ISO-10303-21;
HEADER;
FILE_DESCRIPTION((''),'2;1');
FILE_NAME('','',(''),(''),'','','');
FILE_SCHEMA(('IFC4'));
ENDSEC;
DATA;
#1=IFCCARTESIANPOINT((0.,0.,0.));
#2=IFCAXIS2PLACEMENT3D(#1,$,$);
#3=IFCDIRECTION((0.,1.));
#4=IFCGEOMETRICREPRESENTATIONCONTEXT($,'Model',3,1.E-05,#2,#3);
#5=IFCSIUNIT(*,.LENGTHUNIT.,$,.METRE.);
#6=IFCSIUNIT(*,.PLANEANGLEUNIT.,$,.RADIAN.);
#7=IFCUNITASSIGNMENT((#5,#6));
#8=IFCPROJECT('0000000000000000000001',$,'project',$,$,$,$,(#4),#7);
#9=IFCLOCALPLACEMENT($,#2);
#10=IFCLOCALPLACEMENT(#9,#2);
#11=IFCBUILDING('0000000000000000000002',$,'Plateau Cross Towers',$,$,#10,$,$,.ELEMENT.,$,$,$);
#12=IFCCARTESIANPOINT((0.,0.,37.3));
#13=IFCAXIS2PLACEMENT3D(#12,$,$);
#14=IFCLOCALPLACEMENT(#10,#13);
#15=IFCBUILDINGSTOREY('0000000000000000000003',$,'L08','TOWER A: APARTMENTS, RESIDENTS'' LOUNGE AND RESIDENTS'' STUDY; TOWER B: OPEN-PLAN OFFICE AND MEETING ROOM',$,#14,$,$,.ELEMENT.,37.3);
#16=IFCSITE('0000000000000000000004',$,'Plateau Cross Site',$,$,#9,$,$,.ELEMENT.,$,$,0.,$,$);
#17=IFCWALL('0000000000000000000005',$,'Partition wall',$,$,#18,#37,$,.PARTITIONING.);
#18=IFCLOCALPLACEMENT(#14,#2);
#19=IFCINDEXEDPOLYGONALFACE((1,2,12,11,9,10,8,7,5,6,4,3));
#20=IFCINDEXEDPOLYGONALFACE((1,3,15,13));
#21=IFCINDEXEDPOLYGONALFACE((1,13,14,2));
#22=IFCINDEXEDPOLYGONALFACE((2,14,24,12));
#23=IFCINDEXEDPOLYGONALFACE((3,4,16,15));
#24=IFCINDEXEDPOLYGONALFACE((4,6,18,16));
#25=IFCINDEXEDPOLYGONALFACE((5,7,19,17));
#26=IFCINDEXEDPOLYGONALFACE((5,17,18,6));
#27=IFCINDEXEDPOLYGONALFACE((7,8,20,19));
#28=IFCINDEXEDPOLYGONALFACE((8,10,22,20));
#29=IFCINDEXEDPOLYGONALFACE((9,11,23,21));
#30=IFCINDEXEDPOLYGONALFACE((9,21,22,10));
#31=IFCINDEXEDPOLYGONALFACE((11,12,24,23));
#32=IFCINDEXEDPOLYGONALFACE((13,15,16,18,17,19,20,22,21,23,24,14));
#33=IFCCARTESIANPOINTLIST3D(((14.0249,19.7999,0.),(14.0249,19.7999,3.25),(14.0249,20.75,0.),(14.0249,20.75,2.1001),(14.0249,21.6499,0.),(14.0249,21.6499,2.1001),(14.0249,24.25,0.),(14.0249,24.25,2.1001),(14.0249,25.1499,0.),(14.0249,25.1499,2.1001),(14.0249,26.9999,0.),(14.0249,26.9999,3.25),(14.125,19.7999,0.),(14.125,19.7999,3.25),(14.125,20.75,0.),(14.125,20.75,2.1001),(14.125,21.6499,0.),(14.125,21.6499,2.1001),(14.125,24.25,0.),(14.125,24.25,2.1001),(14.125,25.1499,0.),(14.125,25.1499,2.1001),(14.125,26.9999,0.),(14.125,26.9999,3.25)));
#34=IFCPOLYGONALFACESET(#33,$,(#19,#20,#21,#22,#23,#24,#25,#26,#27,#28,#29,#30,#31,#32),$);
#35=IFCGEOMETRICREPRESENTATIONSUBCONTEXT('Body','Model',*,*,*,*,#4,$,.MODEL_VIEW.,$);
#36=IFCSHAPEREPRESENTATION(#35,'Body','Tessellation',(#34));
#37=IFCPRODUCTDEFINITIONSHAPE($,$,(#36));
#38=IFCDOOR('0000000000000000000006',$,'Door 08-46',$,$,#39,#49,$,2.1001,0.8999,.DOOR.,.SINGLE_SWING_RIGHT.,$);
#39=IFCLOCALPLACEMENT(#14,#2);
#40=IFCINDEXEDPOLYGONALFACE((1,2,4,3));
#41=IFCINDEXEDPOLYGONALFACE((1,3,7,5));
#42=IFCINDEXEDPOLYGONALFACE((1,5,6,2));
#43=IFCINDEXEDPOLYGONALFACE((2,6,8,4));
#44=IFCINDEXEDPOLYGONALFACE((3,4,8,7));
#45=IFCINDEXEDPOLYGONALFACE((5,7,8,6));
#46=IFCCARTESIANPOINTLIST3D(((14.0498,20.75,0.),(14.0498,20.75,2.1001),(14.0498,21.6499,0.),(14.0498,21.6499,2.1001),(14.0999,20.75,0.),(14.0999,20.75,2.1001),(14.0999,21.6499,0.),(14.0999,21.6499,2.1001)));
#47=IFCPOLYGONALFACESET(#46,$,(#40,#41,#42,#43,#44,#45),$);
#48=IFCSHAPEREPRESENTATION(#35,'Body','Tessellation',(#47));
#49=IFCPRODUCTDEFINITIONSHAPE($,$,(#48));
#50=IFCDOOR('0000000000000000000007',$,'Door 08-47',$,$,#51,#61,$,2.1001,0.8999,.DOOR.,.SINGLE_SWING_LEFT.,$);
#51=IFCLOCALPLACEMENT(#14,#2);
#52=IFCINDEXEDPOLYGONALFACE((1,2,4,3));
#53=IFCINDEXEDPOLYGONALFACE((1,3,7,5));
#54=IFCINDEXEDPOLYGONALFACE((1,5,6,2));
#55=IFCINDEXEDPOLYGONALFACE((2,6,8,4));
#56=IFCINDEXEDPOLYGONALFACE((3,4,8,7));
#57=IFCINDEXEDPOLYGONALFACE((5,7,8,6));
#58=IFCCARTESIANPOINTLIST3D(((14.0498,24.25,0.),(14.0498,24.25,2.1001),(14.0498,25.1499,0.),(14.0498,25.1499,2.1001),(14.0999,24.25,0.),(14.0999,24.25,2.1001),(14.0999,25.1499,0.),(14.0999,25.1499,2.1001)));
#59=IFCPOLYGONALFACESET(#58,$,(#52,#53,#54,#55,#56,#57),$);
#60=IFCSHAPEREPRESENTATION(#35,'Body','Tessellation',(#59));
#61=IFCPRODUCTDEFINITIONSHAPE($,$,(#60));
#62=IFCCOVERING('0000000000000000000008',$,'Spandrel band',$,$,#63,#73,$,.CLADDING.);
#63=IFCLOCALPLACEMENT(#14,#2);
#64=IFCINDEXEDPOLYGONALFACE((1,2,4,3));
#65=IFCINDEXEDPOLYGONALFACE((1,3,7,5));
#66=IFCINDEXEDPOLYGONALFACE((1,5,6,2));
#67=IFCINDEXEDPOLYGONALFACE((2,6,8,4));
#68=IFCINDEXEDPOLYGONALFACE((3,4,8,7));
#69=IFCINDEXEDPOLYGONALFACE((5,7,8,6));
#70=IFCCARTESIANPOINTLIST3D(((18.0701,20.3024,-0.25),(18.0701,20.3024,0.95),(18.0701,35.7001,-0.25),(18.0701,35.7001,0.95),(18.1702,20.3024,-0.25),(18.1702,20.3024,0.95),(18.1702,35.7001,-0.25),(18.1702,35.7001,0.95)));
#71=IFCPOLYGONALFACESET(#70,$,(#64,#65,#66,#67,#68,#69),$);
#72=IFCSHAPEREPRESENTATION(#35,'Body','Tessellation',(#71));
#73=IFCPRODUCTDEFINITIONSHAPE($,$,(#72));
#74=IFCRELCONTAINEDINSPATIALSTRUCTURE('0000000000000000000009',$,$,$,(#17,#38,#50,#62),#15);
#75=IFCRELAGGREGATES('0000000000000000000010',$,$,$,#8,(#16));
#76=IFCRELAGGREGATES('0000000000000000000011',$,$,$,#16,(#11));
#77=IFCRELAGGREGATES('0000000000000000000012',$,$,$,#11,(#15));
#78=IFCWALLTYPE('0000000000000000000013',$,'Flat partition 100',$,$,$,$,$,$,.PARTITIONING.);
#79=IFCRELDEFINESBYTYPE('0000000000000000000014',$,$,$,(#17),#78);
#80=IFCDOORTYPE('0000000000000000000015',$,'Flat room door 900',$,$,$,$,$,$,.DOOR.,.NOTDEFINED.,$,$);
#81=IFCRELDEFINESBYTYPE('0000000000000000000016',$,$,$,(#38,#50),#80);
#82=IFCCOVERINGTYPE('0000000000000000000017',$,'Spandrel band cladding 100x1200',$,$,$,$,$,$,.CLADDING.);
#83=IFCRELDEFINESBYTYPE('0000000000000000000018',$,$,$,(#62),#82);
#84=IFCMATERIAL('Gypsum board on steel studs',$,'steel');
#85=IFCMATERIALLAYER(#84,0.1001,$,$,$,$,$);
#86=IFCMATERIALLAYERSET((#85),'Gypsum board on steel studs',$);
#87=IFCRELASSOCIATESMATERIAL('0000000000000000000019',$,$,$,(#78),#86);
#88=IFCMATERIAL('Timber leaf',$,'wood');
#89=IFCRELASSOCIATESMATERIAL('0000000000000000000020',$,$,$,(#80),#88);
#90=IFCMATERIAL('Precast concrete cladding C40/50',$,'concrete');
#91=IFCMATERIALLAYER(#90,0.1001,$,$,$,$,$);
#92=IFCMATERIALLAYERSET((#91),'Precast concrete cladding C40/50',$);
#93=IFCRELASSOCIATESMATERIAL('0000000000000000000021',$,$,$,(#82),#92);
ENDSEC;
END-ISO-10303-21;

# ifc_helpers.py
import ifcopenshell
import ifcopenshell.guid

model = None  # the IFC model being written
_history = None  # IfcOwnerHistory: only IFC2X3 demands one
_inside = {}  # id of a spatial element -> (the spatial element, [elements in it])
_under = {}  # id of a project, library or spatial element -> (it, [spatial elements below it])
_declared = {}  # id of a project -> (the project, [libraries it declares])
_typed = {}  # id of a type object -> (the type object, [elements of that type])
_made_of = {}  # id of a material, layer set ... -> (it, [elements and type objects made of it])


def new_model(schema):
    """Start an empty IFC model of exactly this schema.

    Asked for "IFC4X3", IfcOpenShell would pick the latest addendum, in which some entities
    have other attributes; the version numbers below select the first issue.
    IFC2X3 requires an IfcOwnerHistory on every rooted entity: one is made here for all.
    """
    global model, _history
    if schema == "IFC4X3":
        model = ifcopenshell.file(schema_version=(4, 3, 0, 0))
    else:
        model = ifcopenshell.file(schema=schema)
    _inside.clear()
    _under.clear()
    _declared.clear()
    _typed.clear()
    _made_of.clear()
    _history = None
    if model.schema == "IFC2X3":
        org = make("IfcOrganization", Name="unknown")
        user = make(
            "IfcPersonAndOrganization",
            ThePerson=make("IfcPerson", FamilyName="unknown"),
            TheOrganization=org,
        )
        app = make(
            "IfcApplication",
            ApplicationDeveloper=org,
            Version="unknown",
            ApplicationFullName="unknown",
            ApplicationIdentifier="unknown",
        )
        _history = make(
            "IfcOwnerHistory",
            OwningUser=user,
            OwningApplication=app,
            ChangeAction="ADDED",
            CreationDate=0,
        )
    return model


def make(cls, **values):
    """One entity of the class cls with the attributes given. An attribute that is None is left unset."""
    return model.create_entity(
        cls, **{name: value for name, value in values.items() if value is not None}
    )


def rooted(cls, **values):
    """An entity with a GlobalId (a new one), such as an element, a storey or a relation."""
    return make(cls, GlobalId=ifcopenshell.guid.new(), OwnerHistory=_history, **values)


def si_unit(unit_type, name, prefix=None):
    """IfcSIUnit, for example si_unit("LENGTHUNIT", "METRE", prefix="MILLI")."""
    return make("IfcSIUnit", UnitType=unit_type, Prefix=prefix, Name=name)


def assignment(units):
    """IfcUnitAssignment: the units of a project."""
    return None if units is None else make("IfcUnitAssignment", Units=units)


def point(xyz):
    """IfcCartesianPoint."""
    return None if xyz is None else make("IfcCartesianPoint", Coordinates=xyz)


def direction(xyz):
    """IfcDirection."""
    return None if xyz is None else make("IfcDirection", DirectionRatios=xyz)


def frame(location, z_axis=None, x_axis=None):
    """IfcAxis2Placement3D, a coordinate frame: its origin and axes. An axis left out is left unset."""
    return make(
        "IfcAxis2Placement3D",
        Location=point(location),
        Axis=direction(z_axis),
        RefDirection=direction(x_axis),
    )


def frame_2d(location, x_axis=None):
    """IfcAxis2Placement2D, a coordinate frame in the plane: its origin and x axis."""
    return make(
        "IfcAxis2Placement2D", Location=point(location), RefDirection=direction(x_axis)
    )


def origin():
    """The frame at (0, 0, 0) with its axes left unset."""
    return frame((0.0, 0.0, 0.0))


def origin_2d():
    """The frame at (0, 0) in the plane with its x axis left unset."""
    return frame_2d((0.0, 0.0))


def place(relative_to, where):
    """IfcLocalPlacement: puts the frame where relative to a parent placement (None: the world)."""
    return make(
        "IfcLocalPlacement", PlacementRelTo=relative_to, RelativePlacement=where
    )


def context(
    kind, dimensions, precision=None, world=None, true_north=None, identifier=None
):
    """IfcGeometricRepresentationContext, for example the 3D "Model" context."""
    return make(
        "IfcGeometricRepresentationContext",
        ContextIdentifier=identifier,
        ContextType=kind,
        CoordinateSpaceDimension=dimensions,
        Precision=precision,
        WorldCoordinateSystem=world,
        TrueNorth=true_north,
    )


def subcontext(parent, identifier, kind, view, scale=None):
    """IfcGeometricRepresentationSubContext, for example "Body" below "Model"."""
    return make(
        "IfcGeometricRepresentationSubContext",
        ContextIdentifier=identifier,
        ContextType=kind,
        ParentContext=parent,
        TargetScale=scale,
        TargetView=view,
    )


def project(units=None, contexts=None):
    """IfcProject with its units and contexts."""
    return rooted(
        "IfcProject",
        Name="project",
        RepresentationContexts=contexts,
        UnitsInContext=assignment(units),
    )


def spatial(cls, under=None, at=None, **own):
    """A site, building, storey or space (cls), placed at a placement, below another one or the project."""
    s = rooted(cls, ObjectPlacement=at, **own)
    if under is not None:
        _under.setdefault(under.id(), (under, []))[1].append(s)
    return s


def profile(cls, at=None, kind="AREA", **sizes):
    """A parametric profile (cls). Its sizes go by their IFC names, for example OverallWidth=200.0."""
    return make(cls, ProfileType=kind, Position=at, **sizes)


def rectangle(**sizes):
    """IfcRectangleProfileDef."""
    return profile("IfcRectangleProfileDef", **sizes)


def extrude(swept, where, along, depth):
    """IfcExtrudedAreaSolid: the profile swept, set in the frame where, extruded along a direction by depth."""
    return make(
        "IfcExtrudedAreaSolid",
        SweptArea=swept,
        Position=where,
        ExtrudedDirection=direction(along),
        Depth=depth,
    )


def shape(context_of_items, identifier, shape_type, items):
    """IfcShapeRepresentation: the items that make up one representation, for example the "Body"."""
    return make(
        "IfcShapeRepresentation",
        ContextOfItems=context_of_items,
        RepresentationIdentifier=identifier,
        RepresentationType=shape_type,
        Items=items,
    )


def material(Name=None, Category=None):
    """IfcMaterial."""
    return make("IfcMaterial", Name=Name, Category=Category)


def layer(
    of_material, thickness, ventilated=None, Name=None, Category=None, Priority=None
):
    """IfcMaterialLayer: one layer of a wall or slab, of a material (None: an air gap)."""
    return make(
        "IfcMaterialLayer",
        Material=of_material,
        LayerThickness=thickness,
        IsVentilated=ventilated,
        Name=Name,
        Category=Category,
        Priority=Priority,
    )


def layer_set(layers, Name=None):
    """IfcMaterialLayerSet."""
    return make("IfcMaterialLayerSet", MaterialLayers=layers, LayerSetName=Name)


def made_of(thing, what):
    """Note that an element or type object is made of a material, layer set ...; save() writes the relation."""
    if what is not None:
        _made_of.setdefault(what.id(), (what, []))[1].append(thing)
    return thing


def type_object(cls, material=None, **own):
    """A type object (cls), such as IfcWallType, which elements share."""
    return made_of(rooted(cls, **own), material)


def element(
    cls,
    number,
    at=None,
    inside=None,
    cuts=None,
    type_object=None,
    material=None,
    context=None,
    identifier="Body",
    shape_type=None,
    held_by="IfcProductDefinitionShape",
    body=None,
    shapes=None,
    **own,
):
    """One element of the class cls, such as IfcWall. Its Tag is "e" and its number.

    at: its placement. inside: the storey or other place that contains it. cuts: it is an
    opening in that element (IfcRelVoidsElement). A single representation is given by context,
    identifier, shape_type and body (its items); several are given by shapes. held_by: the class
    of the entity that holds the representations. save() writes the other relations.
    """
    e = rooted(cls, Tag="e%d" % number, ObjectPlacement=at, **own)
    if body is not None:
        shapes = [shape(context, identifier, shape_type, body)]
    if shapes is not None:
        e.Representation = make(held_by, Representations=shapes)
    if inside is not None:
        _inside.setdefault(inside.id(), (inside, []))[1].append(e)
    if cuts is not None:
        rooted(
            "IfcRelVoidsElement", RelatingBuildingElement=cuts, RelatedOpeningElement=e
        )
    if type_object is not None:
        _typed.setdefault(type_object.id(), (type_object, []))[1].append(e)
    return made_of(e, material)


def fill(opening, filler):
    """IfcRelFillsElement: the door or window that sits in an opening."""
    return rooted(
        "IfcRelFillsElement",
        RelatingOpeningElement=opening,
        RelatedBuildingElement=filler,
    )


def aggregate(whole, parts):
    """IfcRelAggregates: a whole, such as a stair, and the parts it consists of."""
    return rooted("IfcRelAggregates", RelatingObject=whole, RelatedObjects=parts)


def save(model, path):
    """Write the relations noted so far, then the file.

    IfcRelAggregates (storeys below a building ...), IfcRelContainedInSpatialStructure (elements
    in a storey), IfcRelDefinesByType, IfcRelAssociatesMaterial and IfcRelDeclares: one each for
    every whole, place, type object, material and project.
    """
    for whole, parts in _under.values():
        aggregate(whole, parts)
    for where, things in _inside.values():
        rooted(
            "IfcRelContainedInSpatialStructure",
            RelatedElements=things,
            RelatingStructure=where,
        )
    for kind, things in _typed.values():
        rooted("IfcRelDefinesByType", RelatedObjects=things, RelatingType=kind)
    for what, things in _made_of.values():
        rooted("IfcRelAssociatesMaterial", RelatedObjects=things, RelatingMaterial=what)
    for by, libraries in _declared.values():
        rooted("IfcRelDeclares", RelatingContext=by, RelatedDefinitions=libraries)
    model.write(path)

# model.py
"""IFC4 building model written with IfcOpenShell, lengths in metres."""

from ifc_helpers import new_model, si_unit, direction, frame, frame_2d, origin, origin_2d, place, context, subcontext, project, spatial, rectangle, extrude, material, layer, layer_set, type_object, element, fill, save


model = new_model("IFC4")

# Units and contexts
model_context = context("Model", 3, precision=1e-05, world=origin(), true_north=direction((0.0, 1.0)))
body_context = subcontext(model_context, "Body", "Model", "MODEL_VIEW")
ifc_project = project(units=[si_unit("LENGTHUNIT", "METRE"), si_unit("PLANEANGLEUNIT", "RADIAN")], contexts=[model_context])

# Site, building, storey
site_placement = place(None, origin())
site = spatial("IfcSite", under=ifc_project, at=site_placement, Name="Plateau Cross Site", CompositionType="ELEMENT", RefElevation=0.0)
building_placement = place(site_placement, origin())
building = spatial("IfcBuilding", under=site, at=building_placement, Name="Plateau Cross Towers", CompositionType="ELEMENT")
storey_placement = place(building_placement, frame((0.0, 0.0, 37.3)))
storey = spatial("IfcBuildingStorey", under=building, at=storey_placement, Name="L08", Description="TOWER A: APARTMENTS, RESIDENTS' LOUNGE AND RESIDENTS' STUDY; TOWER B: OPEN-PLAN OFFICE AND MEETING ROOM", CompositionType="ELEMENT", Elevation=37.3)

# Shared definitions
ifc_material_1 = material(Name="Gypsum board on steel studs", Category="steel")
ifc_layer_1 = layer(ifc_material_1, 0.1001)
ifc_layer_set_1 = layer_set([ifc_layer_1], Name="Gypsum board on steel studs")
wall_type_1 = type_object("IfcWallType", Name="Flat partition 100", PredefinedType="PARTITIONING", material=ifc_layer_set_1)
ifc_material_2 = material(Name="Timber leaf", Category="wood")
door_type_1 = type_object("IfcDoorType", Name="Flat room door 900", OperationType="NOTDEFINED", PredefinedType="DOOR", material=ifc_material_2)

# Wall, openings, doors
wall_1_placement = place(storey_placement, frame((14.075, 27.0, 0.0), z_axis=(0.0, 0.0, 1.0), x_axis=(0.0, -1.0, 0.0)))
wall_1 = element("IfcWall", 1, at=wall_1_placement, inside=storey, type_object=wall_type_1, Name="Partition wall", PredefinedType="PARTITIONING", context=body_context, shape_type="SweptSolid", body=[
    extrude(rectangle(XDim=7.2, YDim=0.1001, at=frame_2d((3.6001, 0.0))), origin(), (0.0, 0.0, 1.0), 3.25),
])
opening_1_placement = place(wall_1_placement, frame((5.3501, 0.0, 0.0)))
opening_1 = element("IfcOpeningElement", 2, at=opening_1_placement, cuts=wall_1, PredefinedType="OPENING", context=body_context, shape_type="SweptSolid", body=[
    extrude(rectangle(XDim=0.8999, YDim=2.1001, at=frame_2d((0.45, 1.05))), frame((0.0, 0.0601, 0.0), z_axis=(0.0, -1.0, 0.0), x_axis=(1.0, 0.0, 0.0)), (0.0, 0.0, 1.0), 0.1201),
])
opening_2_placement = place(wall_1_placement, frame((1.8501, 0.0, 0.0)))
opening_2 = element("IfcOpeningElement", 3, at=opening_2_placement, cuts=wall_1, PredefinedType="OPENING", context=body_context, shape_type="SweptSolid", body=[
    extrude(rectangle(XDim=0.8999, YDim=2.1001, at=frame_2d((0.45, 1.05))), frame((0.0, 0.0601, 0.0), z_axis=(0.0, -1.0, 0.0), x_axis=(1.0, 0.0, 0.0)), (0.0, 0.0, 1.0), 0.1201),
])
door_1_placement = place(opening_1_placement, origin())
door_1 = element("IfcDoor", 4, at=door_1_placement, inside=storey, type_object=door_type_1, Name="Door 08-46", OperationType="SINGLE_SWING_RIGHT", OverallHeight=2.1001, OverallWidth=0.8999, PredefinedType="DOOR", context=body_context, shape_type="SweptSolid", body=[
    extrude(rectangle(XDim=0.8999, YDim=2.1001, at=frame_2d((0.45, 1.05))), frame((0.0, 0.0249, 0.0), z_axis=(0.0, -1.0, 0.0), x_axis=(1.0, 0.0, 0.0)), (0.0, 0.0, 1.0), 0.05),
])
fill(opening_1, door_1)
door_2_placement = place(opening_2_placement, origin())
door_2 = element("IfcDoor", 5, at=door_2_placement, inside=storey, type_object=door_type_1, Name="Door 08-47", OperationType="SINGLE_SWING_LEFT", OverallHeight=2.1001, OverallWidth=0.8999, PredefinedType="DOOR", context=body_context, shape_type="SweptSolid", body=[
    extrude(rectangle(XDim=0.8999, YDim=2.1001, at=frame_2d((0.45, 1.05))), frame((0.0, 0.0249, 0.0), z_axis=(0.0, -1.0, 0.0), x_axis=(1.0, 0.0, 0.0)), (0.0, 0.0, 1.0), 0.05),
])
fill(opening_2, door_2)

# Covering
ifc_material_3 = material(Name="Precast concrete cladding C40/50", Category="concrete")
ifc_layer_2 = layer(ifc_material_3, 0.1001)
ifc_layer_set_2 = layer_set([ifc_layer_2], Name="Precast concrete cladding C40/50")
covering_type = type_object("IfcCoveringType", Name="Spandrel band cladding 100x1200", PredefinedType="CLADDING", material=ifc_layer_set_2)
covering_placement = place(storey_placement, frame((18.1201, 28.0012, -0.25), z_axis=(0.0, 0.0, 1.0), x_axis=(0.0, 1.0, 0.0)))
element("IfcCovering", 6, at=covering_placement, inside=storey, type_object=covering_type, Name="Spandrel band", PredefinedType="CLADDING", context=body_context, shape_type="SweptSolid", body=[
    extrude(rectangle(XDim=15.3977, YDim=0.1001, at=origin_2d()), origin(), (0.0, 0.0, 1.0), 1.2),
])

save(model, "model.ifc")
